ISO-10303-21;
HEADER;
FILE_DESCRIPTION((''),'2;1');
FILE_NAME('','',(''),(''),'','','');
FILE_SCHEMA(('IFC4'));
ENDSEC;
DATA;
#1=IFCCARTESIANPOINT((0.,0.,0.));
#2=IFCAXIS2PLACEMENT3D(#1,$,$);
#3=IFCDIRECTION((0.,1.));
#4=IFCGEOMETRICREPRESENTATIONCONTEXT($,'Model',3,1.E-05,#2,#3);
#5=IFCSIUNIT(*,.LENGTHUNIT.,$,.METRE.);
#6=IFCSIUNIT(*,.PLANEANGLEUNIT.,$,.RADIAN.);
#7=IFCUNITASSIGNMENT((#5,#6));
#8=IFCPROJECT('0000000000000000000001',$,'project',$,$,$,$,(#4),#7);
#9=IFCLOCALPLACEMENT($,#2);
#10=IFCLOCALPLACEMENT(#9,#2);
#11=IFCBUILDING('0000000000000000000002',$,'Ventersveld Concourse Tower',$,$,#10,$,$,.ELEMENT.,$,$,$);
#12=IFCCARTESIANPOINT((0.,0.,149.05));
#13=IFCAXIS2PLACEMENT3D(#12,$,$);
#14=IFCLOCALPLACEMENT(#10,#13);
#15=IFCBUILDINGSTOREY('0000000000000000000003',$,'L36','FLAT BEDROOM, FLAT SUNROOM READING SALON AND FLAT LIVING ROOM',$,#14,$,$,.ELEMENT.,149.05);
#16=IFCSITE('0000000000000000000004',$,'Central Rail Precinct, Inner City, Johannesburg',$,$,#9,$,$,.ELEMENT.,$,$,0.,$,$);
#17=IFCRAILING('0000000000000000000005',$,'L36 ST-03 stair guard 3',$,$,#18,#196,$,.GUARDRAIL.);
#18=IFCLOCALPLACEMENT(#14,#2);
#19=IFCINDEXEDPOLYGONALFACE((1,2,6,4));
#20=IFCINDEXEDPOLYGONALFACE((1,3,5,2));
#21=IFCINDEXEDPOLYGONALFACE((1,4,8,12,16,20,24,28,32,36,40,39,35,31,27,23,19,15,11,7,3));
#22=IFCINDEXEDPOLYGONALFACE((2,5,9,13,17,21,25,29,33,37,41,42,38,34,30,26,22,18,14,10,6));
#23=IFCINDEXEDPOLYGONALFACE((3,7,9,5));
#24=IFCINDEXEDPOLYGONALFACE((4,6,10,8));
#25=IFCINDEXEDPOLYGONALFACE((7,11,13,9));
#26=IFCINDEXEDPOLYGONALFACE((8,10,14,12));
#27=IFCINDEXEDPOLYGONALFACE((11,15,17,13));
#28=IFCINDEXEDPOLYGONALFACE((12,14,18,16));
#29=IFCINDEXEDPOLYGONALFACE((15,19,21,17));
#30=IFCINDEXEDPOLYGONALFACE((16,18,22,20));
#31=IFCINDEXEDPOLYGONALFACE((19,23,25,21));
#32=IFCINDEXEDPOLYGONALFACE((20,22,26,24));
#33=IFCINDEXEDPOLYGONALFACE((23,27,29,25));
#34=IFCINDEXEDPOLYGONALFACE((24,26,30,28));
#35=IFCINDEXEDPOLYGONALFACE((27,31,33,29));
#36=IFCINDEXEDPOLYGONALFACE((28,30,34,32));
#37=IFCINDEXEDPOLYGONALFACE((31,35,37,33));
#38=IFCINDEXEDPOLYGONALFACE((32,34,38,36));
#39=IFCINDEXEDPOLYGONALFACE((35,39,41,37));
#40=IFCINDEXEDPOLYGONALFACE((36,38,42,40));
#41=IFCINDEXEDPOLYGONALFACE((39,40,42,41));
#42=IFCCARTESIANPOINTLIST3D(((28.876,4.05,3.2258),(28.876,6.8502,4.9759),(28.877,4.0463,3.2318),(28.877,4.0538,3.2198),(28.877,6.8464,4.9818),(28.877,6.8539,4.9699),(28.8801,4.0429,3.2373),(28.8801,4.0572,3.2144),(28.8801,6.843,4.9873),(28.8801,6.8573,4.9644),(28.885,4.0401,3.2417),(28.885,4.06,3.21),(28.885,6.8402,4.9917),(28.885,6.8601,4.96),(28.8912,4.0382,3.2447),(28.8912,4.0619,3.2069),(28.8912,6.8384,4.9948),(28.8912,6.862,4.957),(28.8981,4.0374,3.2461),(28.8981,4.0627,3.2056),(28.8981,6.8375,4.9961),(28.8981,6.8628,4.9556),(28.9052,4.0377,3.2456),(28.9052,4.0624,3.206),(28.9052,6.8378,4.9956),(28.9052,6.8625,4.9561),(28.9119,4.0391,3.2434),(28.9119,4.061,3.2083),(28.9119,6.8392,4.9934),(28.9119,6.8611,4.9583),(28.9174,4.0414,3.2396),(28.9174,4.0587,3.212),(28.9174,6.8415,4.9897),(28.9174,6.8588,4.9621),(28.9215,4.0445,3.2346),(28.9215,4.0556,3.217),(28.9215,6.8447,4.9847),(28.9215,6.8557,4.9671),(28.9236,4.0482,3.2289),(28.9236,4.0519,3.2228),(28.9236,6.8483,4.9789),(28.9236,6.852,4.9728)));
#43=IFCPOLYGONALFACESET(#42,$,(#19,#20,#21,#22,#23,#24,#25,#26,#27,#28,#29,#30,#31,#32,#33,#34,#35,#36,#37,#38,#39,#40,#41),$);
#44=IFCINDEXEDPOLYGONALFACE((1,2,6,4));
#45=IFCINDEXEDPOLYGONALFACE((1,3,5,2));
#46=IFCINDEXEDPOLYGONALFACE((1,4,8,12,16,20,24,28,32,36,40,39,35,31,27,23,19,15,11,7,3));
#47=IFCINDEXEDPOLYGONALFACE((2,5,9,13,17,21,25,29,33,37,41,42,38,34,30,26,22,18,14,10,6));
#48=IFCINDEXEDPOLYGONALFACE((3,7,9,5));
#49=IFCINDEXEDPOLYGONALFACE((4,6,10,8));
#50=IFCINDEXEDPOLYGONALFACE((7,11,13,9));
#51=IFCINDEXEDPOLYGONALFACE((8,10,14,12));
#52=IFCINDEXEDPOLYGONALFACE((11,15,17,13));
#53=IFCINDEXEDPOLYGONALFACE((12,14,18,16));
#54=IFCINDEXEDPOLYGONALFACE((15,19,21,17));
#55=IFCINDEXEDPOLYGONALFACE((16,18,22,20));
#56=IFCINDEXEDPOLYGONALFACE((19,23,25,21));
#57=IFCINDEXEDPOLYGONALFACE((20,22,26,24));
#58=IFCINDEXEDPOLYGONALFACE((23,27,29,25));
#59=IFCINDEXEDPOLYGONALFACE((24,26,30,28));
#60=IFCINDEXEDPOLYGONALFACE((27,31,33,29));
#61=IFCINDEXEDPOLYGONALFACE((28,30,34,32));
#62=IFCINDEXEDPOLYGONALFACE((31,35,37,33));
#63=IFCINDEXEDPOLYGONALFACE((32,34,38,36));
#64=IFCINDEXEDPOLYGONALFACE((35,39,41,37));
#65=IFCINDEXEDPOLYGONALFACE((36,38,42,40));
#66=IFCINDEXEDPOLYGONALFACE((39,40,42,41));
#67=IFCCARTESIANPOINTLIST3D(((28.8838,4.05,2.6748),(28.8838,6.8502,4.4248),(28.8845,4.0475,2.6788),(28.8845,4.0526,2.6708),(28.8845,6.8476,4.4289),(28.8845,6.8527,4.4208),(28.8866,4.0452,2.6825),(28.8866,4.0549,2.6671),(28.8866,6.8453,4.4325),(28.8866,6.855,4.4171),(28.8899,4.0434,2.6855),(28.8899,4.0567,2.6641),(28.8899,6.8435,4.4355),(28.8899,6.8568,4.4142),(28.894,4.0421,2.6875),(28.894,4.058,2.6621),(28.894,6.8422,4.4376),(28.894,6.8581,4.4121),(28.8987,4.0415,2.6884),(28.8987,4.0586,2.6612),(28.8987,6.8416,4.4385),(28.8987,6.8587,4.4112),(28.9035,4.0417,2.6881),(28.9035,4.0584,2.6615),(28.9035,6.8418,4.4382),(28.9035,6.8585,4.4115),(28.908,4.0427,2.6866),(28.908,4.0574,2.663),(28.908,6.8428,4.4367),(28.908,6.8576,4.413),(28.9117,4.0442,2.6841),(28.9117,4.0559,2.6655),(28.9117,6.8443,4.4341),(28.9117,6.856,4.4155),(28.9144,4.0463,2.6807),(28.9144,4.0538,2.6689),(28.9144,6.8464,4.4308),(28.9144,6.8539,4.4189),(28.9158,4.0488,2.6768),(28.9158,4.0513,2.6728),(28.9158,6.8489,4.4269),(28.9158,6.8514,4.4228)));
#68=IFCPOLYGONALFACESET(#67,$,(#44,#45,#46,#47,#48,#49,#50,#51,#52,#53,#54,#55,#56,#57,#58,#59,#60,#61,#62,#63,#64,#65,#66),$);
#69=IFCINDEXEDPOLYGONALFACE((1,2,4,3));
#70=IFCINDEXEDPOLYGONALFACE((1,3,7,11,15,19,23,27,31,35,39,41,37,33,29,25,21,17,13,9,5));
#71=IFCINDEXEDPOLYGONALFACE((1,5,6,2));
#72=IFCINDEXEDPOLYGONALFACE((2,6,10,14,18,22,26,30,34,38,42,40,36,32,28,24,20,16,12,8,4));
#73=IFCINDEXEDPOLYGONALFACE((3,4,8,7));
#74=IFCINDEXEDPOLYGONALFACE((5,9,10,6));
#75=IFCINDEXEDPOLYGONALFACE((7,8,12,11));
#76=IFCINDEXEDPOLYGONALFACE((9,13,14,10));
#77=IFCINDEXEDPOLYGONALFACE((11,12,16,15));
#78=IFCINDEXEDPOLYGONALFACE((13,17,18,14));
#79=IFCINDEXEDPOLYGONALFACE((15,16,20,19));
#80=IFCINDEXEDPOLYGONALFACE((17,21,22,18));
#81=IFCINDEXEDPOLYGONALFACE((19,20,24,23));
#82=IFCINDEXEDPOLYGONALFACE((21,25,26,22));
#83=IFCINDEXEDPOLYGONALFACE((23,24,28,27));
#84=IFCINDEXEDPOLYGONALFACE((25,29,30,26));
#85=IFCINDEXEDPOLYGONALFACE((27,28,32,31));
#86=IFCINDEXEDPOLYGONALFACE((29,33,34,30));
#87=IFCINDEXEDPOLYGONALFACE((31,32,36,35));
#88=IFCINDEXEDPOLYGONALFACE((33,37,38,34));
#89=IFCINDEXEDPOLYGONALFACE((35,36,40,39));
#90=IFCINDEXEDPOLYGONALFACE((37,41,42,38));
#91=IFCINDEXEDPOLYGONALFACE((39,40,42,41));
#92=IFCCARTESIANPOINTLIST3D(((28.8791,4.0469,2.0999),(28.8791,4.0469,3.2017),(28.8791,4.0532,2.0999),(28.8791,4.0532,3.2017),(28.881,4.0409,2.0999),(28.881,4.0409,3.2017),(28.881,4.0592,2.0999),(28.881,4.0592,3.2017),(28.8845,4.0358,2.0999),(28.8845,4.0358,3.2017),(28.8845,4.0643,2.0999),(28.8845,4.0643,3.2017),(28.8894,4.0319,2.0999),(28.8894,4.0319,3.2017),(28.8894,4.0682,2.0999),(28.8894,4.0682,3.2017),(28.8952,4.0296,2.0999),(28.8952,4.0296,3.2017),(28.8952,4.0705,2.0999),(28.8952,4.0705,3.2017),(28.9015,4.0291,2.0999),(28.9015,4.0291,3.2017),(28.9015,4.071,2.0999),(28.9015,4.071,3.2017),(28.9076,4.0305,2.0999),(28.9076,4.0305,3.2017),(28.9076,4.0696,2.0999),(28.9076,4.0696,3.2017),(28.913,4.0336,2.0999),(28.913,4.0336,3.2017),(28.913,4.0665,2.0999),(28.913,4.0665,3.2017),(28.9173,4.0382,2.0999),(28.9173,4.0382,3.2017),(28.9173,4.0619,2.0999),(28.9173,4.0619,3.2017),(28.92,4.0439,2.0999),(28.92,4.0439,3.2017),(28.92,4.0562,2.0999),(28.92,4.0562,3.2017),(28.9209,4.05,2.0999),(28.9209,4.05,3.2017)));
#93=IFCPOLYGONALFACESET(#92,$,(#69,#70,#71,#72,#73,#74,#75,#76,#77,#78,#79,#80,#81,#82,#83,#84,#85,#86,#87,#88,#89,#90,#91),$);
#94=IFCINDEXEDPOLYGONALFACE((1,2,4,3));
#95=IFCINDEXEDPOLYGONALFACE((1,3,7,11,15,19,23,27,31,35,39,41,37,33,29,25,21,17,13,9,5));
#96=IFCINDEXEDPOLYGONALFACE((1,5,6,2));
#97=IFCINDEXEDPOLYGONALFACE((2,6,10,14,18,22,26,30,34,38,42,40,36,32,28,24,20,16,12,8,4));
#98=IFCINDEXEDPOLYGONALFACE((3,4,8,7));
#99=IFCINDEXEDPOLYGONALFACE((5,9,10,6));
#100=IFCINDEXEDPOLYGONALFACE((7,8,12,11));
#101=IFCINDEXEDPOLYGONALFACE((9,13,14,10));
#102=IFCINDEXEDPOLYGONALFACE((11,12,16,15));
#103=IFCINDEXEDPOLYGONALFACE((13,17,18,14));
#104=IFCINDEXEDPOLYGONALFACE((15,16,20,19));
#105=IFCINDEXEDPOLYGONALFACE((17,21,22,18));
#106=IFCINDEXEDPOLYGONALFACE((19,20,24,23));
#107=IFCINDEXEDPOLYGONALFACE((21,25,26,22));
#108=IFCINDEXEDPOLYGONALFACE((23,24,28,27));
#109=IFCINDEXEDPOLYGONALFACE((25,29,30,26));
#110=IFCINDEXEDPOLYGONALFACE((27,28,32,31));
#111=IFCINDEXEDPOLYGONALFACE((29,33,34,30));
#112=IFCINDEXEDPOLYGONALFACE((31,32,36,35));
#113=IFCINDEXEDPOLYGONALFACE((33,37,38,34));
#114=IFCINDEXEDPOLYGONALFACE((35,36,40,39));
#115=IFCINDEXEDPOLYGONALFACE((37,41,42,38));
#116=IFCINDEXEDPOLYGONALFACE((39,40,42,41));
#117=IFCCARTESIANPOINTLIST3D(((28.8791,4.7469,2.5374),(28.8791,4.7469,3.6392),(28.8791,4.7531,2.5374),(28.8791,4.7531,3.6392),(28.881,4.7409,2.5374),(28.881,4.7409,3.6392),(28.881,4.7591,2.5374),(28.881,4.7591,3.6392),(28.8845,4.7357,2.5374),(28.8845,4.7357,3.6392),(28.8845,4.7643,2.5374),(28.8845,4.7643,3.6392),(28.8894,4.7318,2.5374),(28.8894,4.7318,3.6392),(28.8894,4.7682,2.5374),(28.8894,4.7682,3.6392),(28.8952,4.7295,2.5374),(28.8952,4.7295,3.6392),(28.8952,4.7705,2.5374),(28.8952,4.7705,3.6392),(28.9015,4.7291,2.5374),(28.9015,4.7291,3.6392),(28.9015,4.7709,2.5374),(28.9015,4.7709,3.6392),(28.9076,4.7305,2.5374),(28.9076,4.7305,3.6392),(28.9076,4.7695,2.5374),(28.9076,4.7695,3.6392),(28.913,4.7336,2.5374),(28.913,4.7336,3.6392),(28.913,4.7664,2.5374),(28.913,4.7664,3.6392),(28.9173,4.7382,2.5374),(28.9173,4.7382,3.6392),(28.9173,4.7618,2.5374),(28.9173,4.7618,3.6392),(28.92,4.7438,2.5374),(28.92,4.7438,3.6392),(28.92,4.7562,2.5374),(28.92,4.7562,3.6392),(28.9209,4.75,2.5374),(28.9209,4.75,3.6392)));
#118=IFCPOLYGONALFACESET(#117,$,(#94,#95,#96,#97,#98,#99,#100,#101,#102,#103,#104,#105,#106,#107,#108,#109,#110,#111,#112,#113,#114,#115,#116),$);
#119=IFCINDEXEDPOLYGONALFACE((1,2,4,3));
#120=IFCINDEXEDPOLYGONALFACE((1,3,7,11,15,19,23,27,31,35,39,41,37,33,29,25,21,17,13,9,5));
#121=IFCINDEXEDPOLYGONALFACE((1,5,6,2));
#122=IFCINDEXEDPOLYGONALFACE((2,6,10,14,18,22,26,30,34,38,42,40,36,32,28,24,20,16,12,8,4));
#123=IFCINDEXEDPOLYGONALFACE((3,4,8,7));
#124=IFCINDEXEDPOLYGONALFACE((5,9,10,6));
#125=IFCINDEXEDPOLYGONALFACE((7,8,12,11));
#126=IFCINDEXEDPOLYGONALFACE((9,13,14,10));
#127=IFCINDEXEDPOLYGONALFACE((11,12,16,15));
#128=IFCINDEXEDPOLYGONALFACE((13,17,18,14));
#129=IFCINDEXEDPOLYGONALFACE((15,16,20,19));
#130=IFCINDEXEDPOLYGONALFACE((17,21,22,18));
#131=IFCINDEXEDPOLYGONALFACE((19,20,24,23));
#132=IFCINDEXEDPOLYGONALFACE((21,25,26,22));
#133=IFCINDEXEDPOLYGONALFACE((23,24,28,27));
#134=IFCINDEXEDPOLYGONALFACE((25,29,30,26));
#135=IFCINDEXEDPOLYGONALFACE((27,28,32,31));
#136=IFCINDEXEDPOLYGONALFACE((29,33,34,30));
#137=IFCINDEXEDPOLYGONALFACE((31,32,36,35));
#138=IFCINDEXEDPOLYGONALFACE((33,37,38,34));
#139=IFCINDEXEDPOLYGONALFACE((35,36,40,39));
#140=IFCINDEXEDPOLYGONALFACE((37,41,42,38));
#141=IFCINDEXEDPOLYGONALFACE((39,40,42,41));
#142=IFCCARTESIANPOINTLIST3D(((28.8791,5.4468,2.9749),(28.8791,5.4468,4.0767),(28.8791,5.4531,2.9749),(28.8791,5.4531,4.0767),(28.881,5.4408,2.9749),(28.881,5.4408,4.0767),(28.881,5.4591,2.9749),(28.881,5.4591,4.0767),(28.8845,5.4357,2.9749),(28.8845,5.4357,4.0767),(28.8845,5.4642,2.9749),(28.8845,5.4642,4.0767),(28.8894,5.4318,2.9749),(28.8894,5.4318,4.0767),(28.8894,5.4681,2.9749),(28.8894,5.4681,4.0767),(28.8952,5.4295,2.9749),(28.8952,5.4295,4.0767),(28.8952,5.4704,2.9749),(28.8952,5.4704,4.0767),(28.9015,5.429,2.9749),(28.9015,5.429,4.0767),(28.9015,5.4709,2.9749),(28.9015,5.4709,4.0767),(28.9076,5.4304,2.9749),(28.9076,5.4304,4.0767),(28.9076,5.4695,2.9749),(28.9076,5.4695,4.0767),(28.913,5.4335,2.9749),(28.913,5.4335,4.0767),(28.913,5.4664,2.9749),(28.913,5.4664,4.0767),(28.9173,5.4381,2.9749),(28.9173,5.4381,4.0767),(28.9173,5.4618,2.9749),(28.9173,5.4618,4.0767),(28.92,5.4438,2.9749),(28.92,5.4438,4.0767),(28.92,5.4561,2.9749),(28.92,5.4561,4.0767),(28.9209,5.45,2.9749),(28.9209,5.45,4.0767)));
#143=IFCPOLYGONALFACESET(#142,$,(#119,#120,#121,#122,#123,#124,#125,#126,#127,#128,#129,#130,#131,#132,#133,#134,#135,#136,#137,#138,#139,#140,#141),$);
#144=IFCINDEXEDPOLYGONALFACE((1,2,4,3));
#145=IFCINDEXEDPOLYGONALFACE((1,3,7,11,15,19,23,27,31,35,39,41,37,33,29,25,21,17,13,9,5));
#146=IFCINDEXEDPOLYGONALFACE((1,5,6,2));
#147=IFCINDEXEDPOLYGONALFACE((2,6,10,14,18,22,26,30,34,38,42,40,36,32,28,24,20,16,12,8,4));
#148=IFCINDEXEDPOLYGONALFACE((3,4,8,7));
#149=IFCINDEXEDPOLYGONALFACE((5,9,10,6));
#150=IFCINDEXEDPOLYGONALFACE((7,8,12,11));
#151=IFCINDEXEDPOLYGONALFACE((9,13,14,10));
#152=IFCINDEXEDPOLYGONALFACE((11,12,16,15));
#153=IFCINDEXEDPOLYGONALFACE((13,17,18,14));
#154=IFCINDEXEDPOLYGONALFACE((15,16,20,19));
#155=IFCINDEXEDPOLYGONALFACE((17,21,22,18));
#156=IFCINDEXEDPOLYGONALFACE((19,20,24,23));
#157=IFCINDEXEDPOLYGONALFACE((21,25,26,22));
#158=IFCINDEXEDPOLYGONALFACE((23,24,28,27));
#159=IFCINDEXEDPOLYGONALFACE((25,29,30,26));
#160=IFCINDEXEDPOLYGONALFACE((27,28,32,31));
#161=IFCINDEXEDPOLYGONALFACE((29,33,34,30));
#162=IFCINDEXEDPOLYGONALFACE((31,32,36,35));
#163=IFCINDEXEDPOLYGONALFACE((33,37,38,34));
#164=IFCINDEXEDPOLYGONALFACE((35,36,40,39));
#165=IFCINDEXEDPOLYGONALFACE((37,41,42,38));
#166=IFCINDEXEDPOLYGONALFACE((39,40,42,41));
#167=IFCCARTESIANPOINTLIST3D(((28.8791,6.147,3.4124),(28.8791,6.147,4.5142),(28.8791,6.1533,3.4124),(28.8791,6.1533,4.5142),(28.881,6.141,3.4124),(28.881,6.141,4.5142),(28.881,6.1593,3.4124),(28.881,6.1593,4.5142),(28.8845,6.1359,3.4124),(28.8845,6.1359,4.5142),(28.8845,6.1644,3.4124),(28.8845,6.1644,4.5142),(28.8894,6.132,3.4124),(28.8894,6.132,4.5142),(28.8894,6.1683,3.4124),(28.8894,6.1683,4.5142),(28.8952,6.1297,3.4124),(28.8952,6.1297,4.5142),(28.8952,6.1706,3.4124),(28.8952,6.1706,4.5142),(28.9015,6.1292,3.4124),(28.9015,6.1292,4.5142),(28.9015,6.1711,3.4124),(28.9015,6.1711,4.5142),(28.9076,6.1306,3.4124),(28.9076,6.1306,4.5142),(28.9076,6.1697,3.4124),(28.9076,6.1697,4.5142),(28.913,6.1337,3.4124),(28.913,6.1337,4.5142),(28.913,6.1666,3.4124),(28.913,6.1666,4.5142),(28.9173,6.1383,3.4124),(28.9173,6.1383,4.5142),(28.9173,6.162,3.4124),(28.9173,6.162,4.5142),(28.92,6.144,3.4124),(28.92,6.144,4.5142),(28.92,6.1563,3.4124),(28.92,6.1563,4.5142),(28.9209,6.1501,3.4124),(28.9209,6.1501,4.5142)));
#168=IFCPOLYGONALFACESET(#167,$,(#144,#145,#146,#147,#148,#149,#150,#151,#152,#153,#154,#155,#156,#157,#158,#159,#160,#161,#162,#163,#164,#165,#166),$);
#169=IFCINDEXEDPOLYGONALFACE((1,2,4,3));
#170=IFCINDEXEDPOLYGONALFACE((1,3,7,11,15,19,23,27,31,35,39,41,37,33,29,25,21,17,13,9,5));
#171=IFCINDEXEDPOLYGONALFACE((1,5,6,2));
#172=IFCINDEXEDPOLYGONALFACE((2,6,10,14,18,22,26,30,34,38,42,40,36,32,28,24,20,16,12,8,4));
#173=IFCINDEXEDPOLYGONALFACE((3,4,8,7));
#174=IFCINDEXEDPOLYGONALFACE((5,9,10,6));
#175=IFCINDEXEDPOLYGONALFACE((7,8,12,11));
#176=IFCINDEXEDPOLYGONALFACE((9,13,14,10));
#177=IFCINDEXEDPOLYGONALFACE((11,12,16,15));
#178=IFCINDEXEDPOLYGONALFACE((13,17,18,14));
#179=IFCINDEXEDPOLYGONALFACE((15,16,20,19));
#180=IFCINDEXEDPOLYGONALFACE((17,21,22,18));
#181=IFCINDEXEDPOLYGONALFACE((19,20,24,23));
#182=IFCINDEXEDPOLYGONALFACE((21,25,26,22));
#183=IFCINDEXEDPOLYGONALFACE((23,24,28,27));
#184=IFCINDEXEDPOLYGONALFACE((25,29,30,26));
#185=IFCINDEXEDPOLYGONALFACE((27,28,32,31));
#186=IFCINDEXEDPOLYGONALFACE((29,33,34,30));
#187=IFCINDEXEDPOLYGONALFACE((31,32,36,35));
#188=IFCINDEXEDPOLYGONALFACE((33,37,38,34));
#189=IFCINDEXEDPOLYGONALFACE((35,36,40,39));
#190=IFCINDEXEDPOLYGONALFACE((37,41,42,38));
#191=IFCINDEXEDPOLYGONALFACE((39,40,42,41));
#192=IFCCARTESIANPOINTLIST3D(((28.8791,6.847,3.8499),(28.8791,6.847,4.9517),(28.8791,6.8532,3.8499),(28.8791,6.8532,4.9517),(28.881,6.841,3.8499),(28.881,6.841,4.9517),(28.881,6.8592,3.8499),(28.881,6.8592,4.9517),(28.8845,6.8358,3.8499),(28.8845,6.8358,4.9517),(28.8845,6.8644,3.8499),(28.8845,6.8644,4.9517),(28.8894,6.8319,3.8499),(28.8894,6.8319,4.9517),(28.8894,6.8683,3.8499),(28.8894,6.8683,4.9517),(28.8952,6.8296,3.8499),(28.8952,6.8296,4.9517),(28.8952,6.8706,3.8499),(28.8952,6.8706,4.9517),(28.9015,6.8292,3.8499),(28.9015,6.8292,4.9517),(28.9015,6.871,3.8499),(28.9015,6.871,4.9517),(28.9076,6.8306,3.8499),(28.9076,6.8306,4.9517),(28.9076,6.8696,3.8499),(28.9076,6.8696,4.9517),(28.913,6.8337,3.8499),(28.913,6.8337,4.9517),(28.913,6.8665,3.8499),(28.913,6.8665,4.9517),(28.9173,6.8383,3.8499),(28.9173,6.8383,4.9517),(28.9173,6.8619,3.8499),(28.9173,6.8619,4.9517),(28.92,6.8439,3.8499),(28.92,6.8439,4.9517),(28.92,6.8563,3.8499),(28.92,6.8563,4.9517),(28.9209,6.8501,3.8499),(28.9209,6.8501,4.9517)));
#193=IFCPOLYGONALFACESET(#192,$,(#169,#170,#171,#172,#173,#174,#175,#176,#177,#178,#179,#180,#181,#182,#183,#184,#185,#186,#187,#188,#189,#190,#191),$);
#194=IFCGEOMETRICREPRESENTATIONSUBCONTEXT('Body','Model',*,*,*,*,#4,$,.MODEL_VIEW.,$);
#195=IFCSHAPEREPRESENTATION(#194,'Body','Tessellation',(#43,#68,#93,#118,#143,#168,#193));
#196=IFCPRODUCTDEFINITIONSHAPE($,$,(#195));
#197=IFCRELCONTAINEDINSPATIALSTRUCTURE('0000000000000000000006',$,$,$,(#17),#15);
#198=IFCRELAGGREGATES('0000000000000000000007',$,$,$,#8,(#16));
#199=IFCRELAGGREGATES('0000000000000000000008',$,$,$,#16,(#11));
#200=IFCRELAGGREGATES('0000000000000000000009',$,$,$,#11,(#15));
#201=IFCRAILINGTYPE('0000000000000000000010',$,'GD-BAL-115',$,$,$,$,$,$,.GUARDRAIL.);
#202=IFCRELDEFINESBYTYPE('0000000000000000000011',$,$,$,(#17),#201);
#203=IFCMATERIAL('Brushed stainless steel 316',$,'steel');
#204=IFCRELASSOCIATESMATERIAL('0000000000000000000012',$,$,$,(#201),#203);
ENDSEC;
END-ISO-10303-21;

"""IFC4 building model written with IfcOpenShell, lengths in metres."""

from ifc_helpers import new_model, si_unit, direction, frame, origin, origin_2d, place, context, subcontext, project, spatial, circle, extrude, material, type_object, element, save


model = new_model("IFC4")

# Units and contexts
model_context = context("Model", 3, precision=1e-05, world=origin(), true_north=direction((0.0, 1.0)))
body_context = subcontext(model_context, "Body", "Model", "MODEL_VIEW")
ifc_project = project(units=[si_unit("LENGTHUNIT", "METRE"), si_unit("PLANEANGLEUNIT", "RADIAN")], contexts=[model_context])

# Site, building, storey
site_placement = place(None, origin())
site = spatial("IfcSite", under=ifc_project, at=site_placement, Name="Central Rail Precinct, Inner City, Johannesburg", CompositionType="ELEMENT", RefElevation=0.0)
building_placement = place(site_placement, origin())
building = spatial("IfcBuilding", under=site, at=building_placement, Name="Ventersveld Concourse Tower", CompositionType="ELEMENT")
storey_placement = place(building_placement, frame((0.0, 0.0, 149.05)))
storey = spatial("IfcBuildingStorey", under=building, at=storey_placement, Name="L36", Description="FLAT BEDROOM, FLAT SUNROOM READING SALON AND FLAT LIVING ROOM", CompositionType="ELEMENT", Elevation=149.05)

# Shared definitions
ifc_material_1 = material(Name="Brushed stainless steel 316", Category="steel")

# Railing
railing_type_1 = type_object("IfcRailingType", Name="GD-BAL-115", PredefinedType="GUARDRAIL", material=ifc_material_1)
railing_1_placement = place(storey_placement, frame((28.8999, 4.05, 2.0999)))
element("IfcRailing", 1, at=railing_1_placement, inside=storey, type_object=railing_type_1, Name="L36 ST-03 stair guard 3", PredefinedType="GUARDRAIL", context=body_context, shape_type="SweptSolid", body=[
    extrude(circle(Radius=0.0239, at=origin_2d()), frame((0.0, 0.0, 1.126), z_axis=(0.0, 0.848002, 0.529992), x_axis=(-1.0, 0.0, 0.0)), (0.0, 0.0, 1.0), 3.302),
    extrude(circle(Radius=0.0161, at=origin_2d()), frame((0.0, 0.0, 0.575), z_axis=(0.0, 0.848002, 0.529992), x_axis=(-1.0, 0.0, 0.0)), (0.0, 0.0, 1.0), 3.302),
    extrude(circle(Radius=0.021, at=origin_2d()), origin(), (0.0, 0.0, 1.0), 1.1018),
    extrude(circle(Radius=0.021, at=origin_2d()), frame((0.0, 0.7, 0.4375)), (0.0, 0.0, 1.0), 1.1018),
    extrude(circle(Radius=0.021, at=origin_2d()), frame((0.0, 1.3999, 0.875)), (0.0, 0.0, 1.0), 1.1018),
    extrude(circle(Radius=0.021, at=origin_2d()), frame((0.0, 2.1001, 1.3125)), (0.0, 0.0, 1.0), 1.1018),
    extrude(circle(Radius=0.021, at=origin_2d()), frame((0.0, 2.8, 1.75)), (0.0, 0.0, 1.0), 1.1018),
])

save(model, "model.ifc")
